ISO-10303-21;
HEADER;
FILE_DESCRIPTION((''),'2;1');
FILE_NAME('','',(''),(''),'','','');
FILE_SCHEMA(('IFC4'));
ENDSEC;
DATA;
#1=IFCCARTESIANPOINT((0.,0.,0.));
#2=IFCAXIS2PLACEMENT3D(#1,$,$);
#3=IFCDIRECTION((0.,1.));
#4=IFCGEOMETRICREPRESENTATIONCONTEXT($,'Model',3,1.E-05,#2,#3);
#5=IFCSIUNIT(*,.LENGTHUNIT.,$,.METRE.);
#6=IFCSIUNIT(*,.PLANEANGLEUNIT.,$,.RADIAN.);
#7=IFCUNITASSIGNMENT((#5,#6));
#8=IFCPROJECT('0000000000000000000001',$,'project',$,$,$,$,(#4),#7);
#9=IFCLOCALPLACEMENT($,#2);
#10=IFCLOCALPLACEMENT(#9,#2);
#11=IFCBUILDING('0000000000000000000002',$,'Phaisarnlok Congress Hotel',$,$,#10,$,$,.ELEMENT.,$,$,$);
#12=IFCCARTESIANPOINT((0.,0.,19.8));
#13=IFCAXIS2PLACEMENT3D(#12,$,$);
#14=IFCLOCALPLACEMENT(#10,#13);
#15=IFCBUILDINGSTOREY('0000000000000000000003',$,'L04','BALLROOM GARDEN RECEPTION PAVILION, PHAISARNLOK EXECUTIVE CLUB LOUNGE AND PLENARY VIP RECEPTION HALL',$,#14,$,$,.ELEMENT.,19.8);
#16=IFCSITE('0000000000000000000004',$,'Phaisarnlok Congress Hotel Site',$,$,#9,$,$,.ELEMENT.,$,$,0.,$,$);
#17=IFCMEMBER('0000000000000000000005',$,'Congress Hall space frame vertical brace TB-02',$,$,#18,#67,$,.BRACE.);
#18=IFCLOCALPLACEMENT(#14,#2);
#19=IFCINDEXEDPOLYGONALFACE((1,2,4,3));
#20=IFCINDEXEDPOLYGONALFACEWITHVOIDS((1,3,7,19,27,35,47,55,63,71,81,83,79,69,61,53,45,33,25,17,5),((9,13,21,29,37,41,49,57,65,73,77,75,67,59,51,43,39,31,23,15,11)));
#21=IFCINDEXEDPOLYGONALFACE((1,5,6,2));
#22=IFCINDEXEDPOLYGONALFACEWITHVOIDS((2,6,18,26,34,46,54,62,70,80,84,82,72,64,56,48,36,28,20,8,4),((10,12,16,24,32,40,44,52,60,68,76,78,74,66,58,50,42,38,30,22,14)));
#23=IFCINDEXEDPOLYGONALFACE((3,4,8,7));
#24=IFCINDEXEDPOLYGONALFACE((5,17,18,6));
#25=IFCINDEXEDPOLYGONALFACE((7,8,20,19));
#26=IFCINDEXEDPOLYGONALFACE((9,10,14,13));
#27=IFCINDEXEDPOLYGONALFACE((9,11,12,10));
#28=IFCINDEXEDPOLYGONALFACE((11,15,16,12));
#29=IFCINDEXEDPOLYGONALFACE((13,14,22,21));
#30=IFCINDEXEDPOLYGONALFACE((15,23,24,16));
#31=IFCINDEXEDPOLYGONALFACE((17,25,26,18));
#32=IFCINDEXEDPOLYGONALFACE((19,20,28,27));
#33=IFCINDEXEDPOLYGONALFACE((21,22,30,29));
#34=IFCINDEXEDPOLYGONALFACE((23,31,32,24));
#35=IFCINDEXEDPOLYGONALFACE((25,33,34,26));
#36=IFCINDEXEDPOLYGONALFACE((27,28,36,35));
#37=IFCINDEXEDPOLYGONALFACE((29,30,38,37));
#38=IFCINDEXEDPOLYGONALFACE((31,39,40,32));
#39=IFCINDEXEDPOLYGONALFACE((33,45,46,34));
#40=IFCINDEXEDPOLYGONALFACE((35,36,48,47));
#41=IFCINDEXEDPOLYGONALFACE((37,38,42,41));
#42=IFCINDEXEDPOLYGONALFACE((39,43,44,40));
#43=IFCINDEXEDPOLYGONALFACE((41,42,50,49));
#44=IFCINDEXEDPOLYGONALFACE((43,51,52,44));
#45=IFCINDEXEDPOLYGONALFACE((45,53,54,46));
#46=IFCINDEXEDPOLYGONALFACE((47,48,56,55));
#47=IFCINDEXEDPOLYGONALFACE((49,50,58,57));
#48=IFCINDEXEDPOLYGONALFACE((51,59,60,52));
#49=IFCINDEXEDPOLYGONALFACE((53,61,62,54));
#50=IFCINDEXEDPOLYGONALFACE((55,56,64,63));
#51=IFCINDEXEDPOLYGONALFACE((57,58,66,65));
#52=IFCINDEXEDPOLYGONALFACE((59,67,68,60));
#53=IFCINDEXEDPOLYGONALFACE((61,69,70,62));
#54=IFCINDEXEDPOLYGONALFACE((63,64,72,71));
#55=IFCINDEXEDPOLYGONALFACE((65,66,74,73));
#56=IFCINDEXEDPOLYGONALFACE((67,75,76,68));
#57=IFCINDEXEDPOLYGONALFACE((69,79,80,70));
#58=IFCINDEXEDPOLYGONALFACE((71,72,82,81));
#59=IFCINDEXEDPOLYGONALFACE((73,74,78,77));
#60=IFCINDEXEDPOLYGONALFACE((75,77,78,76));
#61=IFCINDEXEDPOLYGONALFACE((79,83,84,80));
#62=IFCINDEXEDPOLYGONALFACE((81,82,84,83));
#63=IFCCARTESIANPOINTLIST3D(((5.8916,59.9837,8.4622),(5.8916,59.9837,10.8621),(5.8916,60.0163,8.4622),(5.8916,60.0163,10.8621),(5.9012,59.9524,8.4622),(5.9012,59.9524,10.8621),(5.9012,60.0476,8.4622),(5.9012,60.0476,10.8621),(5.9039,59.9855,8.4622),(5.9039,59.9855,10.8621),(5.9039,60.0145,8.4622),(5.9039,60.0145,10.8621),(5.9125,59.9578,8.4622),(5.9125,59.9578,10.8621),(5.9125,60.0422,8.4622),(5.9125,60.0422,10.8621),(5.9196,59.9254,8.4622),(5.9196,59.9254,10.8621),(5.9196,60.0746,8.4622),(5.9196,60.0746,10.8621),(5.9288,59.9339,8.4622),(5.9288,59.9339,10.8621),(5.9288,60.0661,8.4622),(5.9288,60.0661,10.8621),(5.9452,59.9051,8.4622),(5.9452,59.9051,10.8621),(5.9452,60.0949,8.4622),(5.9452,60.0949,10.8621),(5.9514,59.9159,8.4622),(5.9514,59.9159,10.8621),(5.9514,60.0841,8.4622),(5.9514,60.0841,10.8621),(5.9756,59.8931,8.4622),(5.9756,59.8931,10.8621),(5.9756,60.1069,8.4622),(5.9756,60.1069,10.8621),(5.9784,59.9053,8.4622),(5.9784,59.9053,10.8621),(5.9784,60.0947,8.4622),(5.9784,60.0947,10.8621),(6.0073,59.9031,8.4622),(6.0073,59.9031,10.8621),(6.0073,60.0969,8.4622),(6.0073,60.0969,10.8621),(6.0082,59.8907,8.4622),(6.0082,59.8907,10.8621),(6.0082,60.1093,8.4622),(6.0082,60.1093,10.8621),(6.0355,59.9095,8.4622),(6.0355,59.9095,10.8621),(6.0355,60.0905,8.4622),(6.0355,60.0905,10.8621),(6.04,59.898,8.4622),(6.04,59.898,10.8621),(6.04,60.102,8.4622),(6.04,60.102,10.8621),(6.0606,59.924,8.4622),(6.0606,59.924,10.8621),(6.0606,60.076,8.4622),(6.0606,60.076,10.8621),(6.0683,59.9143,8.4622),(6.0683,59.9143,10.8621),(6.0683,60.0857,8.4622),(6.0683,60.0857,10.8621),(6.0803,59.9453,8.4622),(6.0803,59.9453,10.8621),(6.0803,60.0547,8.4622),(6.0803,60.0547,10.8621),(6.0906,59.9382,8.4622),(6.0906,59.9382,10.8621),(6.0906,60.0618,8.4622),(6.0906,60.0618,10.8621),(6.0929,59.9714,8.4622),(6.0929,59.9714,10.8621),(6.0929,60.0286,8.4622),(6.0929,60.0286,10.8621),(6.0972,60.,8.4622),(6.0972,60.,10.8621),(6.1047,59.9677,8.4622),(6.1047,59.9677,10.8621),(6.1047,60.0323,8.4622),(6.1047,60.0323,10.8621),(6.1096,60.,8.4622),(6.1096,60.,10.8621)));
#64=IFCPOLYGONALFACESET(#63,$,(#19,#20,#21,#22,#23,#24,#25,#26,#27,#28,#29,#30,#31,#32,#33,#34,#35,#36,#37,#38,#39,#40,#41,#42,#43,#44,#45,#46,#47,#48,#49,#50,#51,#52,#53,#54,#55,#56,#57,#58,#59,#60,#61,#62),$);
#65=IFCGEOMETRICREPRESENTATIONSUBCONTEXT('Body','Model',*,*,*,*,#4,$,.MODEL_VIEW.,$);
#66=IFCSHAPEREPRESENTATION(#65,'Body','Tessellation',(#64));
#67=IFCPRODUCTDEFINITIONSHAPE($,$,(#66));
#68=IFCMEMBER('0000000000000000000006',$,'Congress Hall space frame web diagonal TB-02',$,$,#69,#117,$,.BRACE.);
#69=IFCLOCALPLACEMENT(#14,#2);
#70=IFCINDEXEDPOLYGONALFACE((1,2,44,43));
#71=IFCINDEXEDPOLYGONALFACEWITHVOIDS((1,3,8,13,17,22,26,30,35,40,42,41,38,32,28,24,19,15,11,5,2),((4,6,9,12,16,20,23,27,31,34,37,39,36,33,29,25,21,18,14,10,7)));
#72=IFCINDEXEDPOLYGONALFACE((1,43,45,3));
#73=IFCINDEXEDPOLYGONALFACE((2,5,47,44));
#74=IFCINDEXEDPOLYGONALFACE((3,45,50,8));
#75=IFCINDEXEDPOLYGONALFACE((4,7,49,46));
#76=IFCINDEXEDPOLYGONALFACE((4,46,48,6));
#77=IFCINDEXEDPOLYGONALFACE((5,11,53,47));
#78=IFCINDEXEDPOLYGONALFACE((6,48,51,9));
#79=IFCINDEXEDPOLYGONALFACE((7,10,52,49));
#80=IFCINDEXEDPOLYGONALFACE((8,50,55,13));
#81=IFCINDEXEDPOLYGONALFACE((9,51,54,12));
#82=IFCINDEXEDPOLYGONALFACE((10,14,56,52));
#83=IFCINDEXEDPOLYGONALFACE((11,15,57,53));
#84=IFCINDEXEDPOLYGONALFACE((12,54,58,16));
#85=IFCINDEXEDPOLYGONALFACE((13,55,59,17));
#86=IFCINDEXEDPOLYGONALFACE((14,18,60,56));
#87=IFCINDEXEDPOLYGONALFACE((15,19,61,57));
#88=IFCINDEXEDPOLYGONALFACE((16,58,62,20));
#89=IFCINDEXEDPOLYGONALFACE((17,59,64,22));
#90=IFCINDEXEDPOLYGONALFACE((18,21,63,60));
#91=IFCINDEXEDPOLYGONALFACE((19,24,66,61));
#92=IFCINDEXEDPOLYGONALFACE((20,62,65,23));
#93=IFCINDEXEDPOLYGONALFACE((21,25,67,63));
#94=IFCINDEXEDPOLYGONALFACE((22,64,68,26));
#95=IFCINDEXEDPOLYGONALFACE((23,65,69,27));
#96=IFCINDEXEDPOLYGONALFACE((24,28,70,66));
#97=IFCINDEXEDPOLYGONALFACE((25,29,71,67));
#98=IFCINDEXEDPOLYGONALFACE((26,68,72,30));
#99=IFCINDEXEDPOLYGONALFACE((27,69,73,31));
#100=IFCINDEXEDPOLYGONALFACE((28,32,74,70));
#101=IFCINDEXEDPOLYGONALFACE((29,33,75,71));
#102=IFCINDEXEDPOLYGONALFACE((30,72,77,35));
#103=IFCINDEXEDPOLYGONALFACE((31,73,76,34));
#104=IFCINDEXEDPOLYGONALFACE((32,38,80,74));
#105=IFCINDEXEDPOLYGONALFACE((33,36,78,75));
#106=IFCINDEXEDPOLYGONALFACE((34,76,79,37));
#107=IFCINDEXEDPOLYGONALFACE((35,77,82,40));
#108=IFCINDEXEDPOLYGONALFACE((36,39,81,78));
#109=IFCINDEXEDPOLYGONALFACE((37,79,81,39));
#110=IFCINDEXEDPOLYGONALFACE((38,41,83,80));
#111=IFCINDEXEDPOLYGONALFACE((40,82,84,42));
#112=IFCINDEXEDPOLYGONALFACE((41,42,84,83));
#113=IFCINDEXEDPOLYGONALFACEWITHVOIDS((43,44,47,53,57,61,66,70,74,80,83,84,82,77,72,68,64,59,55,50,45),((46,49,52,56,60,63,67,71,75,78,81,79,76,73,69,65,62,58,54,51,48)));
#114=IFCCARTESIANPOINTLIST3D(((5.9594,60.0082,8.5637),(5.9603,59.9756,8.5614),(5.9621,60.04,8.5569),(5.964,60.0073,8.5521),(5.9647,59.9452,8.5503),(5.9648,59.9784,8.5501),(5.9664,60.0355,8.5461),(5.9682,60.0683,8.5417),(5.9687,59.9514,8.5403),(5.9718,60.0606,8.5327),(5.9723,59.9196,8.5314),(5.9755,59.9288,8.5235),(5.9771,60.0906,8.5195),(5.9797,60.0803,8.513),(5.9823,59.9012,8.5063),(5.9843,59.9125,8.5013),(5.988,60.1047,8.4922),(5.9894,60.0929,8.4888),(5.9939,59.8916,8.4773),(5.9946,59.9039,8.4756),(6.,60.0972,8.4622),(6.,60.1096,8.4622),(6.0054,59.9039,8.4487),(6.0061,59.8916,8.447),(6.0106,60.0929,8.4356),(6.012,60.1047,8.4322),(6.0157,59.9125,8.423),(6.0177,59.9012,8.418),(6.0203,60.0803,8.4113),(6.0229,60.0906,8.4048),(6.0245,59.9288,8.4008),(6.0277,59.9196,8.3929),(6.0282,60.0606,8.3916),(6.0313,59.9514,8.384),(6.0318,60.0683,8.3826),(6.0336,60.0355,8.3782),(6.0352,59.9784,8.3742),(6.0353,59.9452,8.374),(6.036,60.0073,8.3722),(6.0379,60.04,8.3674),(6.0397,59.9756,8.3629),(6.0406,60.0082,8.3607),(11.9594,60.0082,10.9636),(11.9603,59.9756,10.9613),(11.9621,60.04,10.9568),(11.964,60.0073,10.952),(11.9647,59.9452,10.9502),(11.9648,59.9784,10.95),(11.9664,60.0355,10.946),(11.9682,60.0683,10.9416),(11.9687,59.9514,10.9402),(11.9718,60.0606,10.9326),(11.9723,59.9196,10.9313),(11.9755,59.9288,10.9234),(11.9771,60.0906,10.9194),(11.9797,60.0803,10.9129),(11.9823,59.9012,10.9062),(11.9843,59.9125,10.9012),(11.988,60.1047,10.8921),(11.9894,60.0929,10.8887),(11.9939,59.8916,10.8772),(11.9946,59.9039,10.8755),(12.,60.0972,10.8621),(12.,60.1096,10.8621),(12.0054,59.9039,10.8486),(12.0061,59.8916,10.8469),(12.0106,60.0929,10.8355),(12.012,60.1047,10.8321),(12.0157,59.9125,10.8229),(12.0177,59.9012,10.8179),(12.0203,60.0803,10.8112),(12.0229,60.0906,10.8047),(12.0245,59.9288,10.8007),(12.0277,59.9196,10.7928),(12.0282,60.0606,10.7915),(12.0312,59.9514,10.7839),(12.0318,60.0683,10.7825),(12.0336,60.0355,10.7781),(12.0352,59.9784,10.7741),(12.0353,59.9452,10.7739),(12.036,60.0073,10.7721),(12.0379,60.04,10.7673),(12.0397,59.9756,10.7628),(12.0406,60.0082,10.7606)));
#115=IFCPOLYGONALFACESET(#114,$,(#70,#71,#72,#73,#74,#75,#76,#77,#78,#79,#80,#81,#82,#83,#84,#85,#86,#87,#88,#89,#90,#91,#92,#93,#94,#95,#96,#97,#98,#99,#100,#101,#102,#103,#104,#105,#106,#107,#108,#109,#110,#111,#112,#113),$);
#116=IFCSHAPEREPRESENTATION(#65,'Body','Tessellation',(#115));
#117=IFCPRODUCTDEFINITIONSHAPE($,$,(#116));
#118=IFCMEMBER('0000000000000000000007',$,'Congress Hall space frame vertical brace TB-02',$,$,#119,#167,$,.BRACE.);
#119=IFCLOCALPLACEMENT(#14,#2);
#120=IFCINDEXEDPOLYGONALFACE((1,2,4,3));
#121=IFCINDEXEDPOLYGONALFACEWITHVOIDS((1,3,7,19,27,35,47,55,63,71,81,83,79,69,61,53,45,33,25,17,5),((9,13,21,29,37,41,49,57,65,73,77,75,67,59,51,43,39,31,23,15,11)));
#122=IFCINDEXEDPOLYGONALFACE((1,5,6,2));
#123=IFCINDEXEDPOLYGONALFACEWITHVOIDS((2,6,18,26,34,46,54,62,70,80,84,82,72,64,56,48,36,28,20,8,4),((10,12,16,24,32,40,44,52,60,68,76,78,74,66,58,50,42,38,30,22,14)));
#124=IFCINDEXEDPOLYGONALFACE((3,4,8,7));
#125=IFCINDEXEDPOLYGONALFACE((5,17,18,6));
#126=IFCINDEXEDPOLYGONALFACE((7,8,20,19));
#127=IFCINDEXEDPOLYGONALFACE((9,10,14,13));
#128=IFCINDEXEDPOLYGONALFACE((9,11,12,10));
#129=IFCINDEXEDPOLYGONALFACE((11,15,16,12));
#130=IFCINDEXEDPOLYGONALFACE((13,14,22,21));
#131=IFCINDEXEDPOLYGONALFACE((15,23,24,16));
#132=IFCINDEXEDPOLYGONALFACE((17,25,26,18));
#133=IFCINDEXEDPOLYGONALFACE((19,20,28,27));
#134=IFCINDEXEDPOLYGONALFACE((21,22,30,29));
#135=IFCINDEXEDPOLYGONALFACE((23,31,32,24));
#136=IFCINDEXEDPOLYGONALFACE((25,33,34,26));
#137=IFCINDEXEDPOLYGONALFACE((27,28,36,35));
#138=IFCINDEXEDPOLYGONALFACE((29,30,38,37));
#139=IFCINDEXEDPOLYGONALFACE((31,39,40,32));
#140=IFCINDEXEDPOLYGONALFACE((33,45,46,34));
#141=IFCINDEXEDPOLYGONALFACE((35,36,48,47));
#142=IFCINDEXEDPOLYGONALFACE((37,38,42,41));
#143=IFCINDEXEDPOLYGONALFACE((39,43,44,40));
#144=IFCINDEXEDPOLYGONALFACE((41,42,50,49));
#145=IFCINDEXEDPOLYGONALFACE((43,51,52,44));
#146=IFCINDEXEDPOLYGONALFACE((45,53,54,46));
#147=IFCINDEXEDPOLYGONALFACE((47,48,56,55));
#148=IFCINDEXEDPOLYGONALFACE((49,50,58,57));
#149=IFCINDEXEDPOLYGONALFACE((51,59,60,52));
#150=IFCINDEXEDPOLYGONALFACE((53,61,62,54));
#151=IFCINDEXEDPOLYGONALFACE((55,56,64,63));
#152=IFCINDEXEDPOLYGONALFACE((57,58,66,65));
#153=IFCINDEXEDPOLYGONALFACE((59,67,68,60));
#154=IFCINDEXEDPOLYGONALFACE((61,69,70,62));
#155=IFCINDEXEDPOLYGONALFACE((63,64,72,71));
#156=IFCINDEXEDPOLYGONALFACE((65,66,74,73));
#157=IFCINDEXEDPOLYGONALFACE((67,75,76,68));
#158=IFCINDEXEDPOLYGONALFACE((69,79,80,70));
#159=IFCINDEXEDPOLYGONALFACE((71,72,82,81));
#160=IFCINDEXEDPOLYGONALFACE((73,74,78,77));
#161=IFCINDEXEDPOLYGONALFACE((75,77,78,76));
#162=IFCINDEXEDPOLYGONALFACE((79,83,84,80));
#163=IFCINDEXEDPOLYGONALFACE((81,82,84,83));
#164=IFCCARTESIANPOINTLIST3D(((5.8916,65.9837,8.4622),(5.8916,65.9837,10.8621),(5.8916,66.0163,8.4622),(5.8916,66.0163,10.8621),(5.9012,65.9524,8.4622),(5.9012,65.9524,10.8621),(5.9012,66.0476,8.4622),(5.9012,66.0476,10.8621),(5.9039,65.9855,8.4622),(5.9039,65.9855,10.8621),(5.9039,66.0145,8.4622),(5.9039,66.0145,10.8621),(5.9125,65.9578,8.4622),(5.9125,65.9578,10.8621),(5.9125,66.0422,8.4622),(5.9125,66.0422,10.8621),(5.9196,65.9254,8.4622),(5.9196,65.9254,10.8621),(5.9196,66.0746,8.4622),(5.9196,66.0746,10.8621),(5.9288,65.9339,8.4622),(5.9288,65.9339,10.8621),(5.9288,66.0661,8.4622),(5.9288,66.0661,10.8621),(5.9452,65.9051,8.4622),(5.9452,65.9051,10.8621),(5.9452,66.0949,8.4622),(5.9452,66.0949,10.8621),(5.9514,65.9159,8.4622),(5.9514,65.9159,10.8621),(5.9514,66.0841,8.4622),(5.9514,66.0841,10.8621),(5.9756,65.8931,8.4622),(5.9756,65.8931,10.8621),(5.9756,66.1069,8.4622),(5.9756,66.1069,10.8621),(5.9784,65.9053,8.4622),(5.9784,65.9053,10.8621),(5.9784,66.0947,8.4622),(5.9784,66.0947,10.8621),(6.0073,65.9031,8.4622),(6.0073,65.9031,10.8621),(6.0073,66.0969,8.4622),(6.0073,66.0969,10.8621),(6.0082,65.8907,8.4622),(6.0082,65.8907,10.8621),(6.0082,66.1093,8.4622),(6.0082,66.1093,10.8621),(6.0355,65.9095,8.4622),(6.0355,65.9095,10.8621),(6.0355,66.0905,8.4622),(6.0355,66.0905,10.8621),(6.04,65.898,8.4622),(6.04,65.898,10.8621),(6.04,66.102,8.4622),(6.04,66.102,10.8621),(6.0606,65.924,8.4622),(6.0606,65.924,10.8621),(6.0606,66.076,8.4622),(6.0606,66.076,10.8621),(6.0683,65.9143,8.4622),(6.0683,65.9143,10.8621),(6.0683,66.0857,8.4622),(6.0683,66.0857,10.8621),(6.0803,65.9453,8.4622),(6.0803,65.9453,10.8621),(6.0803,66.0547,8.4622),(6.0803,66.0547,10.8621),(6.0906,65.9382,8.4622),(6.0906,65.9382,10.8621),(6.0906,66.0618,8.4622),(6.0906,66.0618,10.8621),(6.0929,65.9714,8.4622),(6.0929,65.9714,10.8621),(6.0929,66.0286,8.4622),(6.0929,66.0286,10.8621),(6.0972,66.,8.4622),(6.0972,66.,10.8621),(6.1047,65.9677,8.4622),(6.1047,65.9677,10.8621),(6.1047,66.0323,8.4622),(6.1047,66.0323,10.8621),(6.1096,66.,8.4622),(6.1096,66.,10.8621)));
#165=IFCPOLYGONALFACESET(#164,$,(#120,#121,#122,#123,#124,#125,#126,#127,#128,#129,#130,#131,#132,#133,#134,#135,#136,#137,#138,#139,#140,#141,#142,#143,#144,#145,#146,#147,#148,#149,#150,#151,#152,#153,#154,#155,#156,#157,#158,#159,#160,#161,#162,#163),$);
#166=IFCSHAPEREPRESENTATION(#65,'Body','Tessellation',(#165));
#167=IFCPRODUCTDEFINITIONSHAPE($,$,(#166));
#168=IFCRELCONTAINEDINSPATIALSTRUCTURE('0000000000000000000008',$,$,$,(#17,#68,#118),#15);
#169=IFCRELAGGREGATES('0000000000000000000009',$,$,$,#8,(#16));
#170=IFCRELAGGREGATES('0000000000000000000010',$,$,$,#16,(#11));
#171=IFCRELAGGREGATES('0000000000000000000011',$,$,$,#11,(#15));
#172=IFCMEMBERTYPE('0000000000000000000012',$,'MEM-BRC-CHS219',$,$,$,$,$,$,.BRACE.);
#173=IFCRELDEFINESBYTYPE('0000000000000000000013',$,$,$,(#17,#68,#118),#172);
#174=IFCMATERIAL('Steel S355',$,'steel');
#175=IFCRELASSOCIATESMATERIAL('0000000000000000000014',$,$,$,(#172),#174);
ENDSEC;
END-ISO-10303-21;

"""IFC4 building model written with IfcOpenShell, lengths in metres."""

from ifc_helpers import new_model, si_unit, direction, frame, origin, origin_2d, place, context, subcontext, project, spatial, hollow_circle, extrude, material, material_profile, profile_set, type_object, element, save


model = new_model("IFC4")

# Units and contexts
model_context = context("Model", 3, precision=1e-05, world=origin(), true_north=direction((0.0, 1.0)))
body_context = subcontext(model_context, "Body", "Model", "MODEL_VIEW")
ifc_project = project(units=[si_unit("LENGTHUNIT", "METRE"), si_unit("PLANEANGLEUNIT", "RADIAN")], contexts=[model_context])

# Site, building, storey
site_placement = place(None, origin())
site = spatial("IfcSite", under=ifc_project, at=site_placement, Name="Phaisarnlok Congress Hotel Site", CompositionType="ELEMENT", RefElevation=0.0)
building_placement = place(site_placement, origin())
building = spatial("IfcBuilding", under=site, at=building_placement, Name="Phaisarnlok Congress Hotel", CompositionType="ELEMENT")
storey_placement = place(building_placement, frame((0.0, 0.0, 19.8)))
storey = spatial("IfcBuildingStorey", under=building, at=storey_placement, Name="L04", Description="BALLROOM GARDEN RECEPTION PAVILION, PHAISARNLOK EXECUTIVE CLUB LOUNGE AND PLENARY VIP RECEPTION HALL", CompositionType="ELEMENT", Elevation=19.8)

# Members
ifc_material = material(Name="Steel S355", Category="steel")
ifc_material_profile_1 = material_profile(ifc_material, hollow_circle(Radius=0.1096, WallThickness=0.0125, at=origin_2d()), Name="CHS 219.1x12.5")
ifc_profile_set_1 = profile_set([ifc_material_profile_1], Name="Steel S355")
member_type_1 = type_object("IfcMemberType", Name="MEM-BRC-CHS219", PredefinedType="BRACE", material=ifc_profile_set_1)
member_1_placement = place(storey_placement, frame((6.0, 60.0, 8.4622), z_axis=(0.0, 0.0, 1.0), x_axis=(1.0, 0.0, 0.0)))
element("IfcMember", 1, at=member_1_placement, inside=storey, type_object=member_type_1, Name="Congress Hall space frame vertical brace TB-02", PredefinedType="BRACE", context=body_context, shape_type="SweptSolid", body=[
    extrude(hollow_circle(Radius=0.1096, WallThickness=0.0125, at=origin_2d()), origin(), (0.0, 0.0, 1.0), 2.3999),
])
member_2_placement = place(storey_placement, frame((6.0, 60.0, 8.4622), z_axis=(0.928482, 0.0, 0.371378), x_axis=(0.0, 1.0, 0.0)))
element("IfcMember", 2, at=member_2_placement, inside=storey, type_object=member_type_1, Name="Congress Hall space frame web diagonal TB-02", PredefinedType="BRACE", context=body_context, shape_type="SweptSolid", body=[
    extrude(hollow_circle(Radius=0.1096, WallThickness=0.0125, at=origin_2d()), origin(), (0.0, 0.0, 1.0), 6.4622),
])
member_3_placement = place(storey_placement, frame((6.0, 66.0, 8.4622), z_axis=(0.0, 0.0, 1.0), x_axis=(1.0, 0.0, 0.0)))
element("IfcMember", 3, at=member_3_placement, inside=storey, type_object=member_type_1, Name="Congress Hall space frame vertical brace TB-02", PredefinedType="BRACE", context=body_context, shape_type="SweptSolid", body=[
    extrude(hollow_circle(Radius=0.1096, WallThickness=0.0125, at=origin_2d()), origin(), (0.0, 0.0, 1.0), 2.3999),
])

save(model, "model.ifc")
